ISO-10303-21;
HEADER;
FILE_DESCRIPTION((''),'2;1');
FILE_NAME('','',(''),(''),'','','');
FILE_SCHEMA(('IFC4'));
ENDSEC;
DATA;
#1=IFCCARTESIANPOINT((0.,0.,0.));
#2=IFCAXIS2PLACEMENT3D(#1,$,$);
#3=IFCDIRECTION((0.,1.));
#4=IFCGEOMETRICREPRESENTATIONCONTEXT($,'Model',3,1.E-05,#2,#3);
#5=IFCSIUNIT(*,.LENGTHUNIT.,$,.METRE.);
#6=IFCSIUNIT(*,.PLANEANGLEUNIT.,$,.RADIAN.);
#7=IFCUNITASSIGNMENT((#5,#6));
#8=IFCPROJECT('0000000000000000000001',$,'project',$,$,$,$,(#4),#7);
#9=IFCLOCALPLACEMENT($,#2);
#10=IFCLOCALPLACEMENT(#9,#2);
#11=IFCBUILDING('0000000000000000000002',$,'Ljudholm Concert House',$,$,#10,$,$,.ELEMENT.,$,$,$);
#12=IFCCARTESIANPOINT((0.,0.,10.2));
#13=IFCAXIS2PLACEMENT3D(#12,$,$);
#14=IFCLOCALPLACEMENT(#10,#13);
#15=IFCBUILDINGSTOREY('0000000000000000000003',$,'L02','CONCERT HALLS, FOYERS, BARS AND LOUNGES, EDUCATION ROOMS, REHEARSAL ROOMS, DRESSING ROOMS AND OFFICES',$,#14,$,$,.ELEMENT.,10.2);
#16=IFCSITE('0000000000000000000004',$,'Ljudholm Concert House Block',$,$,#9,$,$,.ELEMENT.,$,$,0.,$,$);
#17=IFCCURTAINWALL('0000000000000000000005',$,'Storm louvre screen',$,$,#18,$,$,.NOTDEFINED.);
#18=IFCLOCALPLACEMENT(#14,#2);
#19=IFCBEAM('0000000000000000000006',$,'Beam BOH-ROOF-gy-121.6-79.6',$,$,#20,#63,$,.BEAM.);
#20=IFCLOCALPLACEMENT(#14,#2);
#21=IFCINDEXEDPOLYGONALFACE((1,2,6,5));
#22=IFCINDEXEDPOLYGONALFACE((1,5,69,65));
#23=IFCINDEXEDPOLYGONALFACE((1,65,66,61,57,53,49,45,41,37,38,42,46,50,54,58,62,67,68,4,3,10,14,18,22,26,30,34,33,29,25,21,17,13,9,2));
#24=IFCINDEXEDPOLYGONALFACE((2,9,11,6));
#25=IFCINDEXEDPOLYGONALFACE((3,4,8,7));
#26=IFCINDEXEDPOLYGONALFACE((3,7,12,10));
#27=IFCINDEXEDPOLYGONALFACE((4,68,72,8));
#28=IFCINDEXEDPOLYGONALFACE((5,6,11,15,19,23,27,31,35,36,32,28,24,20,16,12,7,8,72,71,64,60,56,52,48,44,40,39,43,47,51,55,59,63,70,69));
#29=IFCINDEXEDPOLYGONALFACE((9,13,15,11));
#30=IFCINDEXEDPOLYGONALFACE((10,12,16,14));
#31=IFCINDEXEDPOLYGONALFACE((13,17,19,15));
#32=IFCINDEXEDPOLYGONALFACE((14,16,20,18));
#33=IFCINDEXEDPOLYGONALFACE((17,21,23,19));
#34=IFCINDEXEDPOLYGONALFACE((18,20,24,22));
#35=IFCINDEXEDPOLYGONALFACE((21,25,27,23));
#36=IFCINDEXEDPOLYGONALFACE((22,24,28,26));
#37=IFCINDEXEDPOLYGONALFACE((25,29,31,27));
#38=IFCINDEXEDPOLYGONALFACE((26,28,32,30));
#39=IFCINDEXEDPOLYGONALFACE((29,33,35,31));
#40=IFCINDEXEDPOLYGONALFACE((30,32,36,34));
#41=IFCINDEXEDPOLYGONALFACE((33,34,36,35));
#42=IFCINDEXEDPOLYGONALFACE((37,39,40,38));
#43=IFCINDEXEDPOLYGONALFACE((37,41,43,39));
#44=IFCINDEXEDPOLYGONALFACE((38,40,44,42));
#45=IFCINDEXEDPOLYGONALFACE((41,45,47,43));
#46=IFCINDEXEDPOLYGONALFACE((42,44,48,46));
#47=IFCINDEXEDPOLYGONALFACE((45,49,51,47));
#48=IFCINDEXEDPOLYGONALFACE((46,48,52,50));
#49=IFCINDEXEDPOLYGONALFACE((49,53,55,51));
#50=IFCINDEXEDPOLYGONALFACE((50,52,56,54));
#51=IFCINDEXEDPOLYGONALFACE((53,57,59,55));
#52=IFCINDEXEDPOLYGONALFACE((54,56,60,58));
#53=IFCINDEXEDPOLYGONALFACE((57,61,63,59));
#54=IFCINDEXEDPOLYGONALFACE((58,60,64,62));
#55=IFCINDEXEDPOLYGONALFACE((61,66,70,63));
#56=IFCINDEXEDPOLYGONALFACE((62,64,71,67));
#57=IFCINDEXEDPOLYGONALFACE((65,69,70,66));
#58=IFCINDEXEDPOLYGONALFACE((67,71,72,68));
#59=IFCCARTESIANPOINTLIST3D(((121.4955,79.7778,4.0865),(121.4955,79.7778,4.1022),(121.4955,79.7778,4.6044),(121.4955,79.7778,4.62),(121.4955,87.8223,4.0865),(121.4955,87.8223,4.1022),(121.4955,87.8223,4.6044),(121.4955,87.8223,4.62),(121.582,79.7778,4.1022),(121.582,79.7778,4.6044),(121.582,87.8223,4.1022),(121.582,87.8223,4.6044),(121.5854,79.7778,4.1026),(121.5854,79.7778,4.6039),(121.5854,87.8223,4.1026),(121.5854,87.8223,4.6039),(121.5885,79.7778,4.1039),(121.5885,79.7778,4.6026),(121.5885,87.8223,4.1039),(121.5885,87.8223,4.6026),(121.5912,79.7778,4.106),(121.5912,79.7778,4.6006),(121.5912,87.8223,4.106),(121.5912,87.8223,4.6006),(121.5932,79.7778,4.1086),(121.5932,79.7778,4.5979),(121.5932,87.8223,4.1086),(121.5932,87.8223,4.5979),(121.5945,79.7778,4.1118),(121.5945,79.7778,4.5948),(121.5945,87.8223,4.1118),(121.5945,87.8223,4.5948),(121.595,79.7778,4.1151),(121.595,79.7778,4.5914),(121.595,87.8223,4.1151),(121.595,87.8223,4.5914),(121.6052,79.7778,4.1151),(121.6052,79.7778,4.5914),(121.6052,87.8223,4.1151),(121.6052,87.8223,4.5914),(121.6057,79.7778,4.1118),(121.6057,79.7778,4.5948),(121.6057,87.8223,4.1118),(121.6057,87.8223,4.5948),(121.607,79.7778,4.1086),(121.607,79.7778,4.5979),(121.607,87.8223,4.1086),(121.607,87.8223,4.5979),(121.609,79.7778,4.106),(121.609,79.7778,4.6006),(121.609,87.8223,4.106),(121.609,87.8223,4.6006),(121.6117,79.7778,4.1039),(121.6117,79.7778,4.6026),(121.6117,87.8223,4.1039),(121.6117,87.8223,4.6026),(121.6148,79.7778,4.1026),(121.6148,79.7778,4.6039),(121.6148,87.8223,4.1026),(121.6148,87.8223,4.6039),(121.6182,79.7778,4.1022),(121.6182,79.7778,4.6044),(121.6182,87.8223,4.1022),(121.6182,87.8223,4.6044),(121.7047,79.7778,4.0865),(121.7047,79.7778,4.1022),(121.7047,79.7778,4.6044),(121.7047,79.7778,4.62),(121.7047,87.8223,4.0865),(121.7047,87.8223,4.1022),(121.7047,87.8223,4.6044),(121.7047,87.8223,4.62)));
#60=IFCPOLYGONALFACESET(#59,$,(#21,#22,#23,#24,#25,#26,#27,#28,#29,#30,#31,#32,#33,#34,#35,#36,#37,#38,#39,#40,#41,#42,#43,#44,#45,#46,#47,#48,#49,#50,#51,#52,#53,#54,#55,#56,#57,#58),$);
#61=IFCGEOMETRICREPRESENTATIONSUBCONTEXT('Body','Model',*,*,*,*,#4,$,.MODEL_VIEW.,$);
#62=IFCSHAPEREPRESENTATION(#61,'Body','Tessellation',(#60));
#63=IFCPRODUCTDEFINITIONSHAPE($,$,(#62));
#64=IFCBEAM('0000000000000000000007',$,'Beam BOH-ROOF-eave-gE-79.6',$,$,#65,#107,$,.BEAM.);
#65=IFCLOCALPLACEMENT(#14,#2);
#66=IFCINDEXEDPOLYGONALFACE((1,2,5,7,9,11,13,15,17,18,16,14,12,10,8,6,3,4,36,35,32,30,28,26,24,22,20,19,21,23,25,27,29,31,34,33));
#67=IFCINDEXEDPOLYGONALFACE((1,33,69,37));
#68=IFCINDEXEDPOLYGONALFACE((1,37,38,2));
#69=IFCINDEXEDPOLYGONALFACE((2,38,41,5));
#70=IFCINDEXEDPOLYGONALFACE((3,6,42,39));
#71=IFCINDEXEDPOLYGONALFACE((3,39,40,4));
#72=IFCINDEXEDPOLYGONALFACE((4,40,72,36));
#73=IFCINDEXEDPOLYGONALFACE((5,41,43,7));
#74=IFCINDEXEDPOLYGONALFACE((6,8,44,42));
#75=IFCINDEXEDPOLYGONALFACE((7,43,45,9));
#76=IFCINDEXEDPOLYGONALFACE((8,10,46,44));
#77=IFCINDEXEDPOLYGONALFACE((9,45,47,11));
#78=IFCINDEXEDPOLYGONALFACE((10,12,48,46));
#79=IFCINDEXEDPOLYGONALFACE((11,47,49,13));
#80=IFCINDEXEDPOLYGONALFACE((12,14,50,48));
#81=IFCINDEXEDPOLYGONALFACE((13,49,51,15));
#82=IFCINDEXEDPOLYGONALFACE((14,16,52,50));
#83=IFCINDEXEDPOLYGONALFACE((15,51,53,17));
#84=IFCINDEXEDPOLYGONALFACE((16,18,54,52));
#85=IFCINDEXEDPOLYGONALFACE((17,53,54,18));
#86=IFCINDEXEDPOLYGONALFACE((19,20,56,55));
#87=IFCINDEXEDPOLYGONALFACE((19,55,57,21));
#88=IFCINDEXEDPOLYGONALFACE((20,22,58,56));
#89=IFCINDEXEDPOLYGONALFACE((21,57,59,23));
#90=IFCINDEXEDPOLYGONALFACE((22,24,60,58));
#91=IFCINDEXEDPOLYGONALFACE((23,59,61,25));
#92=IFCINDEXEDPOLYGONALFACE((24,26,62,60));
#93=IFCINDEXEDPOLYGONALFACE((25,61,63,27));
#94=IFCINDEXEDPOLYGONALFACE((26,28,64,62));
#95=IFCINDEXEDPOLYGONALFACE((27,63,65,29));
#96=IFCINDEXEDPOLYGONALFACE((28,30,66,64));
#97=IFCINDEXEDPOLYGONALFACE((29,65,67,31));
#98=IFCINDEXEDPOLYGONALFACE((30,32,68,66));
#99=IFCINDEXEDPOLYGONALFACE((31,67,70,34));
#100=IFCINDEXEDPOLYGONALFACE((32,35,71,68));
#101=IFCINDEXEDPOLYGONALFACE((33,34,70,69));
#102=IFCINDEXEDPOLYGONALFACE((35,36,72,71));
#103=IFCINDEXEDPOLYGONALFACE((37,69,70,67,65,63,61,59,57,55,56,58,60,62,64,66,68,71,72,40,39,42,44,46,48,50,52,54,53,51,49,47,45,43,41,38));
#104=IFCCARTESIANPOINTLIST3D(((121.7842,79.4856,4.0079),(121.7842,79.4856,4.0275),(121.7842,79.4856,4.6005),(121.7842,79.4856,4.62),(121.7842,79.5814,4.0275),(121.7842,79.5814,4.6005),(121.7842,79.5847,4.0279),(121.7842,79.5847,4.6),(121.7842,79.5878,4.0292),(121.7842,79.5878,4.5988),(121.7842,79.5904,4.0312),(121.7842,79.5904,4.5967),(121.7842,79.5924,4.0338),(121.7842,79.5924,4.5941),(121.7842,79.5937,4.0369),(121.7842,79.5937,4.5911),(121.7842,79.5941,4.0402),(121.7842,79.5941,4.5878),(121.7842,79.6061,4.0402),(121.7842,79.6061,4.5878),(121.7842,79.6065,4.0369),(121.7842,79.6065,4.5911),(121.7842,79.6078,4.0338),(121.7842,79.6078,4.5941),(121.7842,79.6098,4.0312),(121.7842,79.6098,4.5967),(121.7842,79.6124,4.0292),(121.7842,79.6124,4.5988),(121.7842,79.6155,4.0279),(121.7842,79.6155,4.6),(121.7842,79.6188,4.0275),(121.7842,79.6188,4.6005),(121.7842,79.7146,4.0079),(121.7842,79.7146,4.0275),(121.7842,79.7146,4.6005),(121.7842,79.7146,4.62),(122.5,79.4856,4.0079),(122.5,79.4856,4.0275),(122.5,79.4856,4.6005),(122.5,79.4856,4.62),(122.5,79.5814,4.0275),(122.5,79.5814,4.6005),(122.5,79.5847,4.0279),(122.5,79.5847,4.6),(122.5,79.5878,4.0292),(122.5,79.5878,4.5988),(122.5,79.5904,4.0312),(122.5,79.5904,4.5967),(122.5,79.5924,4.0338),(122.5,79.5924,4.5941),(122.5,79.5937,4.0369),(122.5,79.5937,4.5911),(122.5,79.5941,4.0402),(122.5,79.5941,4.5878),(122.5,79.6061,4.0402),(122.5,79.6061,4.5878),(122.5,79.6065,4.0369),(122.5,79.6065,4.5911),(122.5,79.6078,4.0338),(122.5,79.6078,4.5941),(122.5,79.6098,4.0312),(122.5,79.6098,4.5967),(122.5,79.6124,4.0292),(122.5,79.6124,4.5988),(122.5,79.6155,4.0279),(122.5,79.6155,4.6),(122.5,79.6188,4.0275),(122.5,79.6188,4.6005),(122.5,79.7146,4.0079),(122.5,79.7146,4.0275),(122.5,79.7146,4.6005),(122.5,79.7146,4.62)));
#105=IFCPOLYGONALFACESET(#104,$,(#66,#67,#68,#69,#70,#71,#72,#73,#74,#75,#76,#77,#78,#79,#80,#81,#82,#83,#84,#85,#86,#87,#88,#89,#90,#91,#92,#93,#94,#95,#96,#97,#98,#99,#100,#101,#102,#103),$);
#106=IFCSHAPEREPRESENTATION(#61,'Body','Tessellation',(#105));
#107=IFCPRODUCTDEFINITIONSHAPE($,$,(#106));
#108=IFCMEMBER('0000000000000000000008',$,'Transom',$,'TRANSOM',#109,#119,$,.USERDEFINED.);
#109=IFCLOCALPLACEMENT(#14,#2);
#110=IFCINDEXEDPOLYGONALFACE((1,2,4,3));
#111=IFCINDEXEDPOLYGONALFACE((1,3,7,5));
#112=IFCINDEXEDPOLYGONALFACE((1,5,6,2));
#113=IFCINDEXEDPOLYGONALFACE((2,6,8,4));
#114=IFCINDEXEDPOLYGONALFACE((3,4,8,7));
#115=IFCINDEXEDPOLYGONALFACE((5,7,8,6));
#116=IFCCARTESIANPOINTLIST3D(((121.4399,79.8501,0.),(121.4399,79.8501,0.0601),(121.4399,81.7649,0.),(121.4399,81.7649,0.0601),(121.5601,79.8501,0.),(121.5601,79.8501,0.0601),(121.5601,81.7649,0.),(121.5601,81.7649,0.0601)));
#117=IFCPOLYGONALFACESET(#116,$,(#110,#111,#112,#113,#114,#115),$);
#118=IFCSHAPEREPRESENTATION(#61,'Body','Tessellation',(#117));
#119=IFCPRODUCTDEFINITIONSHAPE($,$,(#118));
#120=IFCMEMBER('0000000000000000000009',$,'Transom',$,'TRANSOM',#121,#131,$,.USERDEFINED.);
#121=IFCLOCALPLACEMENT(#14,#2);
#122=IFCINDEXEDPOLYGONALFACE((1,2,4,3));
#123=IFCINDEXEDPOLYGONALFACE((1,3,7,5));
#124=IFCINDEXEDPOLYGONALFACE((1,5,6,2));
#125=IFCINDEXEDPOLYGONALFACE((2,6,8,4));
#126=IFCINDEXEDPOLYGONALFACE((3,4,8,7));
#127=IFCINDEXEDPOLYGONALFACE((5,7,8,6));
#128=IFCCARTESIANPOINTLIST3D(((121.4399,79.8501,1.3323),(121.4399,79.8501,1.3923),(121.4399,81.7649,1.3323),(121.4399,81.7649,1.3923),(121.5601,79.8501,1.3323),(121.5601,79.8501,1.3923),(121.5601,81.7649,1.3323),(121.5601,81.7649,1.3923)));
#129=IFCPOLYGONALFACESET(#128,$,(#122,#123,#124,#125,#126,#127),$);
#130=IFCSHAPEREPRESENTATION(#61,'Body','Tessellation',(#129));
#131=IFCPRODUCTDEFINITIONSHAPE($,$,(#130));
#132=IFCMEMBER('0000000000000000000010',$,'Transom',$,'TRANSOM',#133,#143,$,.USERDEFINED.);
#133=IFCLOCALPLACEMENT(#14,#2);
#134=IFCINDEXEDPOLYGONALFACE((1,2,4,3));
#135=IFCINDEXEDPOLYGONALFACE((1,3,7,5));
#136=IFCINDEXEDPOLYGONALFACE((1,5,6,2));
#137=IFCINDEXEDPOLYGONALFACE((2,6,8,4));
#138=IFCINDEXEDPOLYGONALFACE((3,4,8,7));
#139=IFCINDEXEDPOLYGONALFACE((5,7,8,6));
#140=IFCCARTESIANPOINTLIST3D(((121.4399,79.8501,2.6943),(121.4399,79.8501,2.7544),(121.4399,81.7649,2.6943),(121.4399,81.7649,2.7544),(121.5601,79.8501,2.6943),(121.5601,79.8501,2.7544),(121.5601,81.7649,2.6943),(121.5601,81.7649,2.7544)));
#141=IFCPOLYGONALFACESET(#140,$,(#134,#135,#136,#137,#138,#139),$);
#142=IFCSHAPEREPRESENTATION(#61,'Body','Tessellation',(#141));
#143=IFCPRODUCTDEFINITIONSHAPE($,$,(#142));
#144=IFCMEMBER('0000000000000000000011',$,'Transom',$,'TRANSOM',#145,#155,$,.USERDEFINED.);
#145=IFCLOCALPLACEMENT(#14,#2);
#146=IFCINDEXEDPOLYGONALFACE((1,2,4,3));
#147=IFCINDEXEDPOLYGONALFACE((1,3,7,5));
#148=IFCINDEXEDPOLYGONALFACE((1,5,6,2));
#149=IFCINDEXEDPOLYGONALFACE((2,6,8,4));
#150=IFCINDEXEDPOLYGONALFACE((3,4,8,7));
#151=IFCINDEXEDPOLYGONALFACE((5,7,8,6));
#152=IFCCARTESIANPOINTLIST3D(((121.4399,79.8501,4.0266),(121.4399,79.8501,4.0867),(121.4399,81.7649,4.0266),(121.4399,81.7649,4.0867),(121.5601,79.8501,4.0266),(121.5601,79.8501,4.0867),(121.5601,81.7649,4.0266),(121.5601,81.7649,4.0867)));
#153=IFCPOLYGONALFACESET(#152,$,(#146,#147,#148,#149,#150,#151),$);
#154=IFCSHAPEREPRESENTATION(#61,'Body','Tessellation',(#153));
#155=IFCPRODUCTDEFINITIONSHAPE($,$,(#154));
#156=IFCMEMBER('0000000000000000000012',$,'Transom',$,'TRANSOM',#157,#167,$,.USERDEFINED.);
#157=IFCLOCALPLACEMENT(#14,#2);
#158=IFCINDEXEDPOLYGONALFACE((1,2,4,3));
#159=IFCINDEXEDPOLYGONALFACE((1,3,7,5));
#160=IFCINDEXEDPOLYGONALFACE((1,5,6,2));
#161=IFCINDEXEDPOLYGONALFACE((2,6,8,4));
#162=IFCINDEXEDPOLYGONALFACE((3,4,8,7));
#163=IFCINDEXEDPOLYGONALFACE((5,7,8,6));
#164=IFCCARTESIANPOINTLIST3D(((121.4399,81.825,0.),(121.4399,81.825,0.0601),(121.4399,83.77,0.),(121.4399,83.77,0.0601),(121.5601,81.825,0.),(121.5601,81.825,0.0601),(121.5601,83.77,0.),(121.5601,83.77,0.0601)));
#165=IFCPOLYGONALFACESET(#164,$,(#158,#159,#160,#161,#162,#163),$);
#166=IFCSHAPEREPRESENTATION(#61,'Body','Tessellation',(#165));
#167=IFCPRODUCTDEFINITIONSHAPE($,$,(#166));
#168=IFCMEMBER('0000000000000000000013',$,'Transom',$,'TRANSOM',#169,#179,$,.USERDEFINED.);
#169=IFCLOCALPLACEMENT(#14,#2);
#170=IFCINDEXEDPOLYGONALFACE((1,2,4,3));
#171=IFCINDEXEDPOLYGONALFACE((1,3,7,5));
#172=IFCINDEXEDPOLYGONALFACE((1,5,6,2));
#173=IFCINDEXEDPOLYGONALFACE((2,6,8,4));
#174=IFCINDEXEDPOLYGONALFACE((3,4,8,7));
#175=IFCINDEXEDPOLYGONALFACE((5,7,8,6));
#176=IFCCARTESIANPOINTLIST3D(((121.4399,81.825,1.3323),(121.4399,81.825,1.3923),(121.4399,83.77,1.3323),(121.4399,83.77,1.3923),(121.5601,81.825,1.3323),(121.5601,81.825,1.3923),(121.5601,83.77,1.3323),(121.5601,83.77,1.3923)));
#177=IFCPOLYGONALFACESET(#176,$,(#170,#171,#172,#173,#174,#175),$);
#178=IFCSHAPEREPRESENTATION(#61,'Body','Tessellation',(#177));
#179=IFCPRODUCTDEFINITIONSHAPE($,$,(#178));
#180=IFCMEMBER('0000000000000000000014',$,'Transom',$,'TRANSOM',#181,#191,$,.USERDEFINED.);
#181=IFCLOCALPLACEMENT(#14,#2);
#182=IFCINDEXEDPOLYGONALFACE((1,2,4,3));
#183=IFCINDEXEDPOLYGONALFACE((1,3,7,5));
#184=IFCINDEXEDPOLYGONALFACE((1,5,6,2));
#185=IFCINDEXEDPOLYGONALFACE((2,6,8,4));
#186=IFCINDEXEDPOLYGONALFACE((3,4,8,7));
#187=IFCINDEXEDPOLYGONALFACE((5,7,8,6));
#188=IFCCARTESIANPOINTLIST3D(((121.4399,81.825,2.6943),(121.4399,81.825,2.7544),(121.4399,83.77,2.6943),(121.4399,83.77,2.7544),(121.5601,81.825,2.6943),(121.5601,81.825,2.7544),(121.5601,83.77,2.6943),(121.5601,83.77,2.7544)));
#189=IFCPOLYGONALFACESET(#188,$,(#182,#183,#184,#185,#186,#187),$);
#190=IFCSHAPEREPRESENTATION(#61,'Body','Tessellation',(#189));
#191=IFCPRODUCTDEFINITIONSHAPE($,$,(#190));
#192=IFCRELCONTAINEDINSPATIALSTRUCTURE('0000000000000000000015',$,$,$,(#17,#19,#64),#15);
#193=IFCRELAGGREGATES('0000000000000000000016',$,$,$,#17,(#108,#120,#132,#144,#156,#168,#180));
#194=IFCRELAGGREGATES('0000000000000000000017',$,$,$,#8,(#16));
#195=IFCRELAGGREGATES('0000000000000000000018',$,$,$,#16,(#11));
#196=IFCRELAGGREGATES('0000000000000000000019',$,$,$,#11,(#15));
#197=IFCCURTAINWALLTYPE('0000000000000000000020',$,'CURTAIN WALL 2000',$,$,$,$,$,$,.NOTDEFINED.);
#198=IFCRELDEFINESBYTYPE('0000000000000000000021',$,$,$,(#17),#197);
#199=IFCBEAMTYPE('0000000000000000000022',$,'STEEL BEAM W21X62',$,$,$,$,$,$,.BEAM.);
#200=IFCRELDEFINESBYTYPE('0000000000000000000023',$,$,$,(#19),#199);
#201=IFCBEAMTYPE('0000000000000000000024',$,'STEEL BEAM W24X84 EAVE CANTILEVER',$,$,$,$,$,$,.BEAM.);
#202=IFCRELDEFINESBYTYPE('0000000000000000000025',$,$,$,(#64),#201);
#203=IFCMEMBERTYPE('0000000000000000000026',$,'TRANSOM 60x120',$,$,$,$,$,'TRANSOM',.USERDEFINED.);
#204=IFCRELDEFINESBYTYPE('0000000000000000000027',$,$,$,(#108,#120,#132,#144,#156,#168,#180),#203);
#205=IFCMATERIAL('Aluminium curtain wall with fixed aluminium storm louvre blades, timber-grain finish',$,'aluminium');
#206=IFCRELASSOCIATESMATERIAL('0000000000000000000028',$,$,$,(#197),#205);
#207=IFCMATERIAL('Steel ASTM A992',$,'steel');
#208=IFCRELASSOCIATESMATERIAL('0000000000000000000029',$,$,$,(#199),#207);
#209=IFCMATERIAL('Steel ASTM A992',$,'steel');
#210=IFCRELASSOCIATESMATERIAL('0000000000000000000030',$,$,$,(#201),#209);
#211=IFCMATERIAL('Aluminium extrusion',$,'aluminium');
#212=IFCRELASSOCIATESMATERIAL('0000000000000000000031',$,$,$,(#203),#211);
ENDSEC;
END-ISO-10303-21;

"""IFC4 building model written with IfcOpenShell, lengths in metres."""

from ifc_helpers import new_model, si_unit, direction, frame, origin, origin_2d, place, context, subcontext, project, spatial, rectangle, i_section, extrude, material, material_profile, profile_set, type_object, element, aggregate, save


model = new_model("IFC4")

# Units and contexts
model_context = context("Model", 3, precision=1e-05, world=origin(), true_north=direction((0.0, 1.0)))
body_context = subcontext(model_context, "Body", "Model", "MODEL_VIEW")
ifc_project = project(units=[si_unit("LENGTHUNIT", "METRE"), si_unit("PLANEANGLEUNIT", "RADIAN")], contexts=[model_context])

# Site, building, storey
site_placement = place(None, origin())
site = spatial("IfcSite", under=ifc_project, at=site_placement, Name="Ljudholm Concert House Block", CompositionType="ELEMENT", RefElevation=0.0)
building_placement = place(site_placement, origin())
building = spatial("IfcBuilding", under=site, at=building_placement, Name="Ljudholm Concert House", CompositionType="ELEMENT")
storey_placement = place(building_placement, frame((0.0, 0.0, 10.2)))
storey = spatial("IfcBuildingStorey", under=building, at=storey_placement, Name="L02", Description="CONCERT HALLS, FOYERS, BARS AND LOUNGES, EDUCATION ROOMS, REHEARSAL ROOMS, DRESSING ROOMS AND OFFICES", CompositionType="ELEMENT", Elevation=10.2)

# Shared definitions
ifc_material_1 = material(Name="Aluminium curtain wall with fixed aluminium storm louvre blades, timber-grain finish", Category="aluminium")
curtain_wall_type = type_object("IfcCurtainWallType", Name="CURTAIN WALL 2000", PredefinedType="NOTDEFINED", material=ifc_material_1)

# Curtain wall
curtain_wall_1_placement = place(storey_placement, origin())
curtain_wall_1 = element("IfcCurtainWall", 1, at=curtain_wall_1_placement, inside=storey, type_object=curtain_wall_type, Name="Storm louvre screen", PredefinedType="NOTDEFINED")

# Beams
ifc_material_2 = material(Name="Steel ASTM A992", Category="steel")
ifc_material_profile_1 = material_profile(ifc_material_2, i_section(OverallWidth=0.2092, OverallDepth=0.5334, WebThickness=0.0103, FlangeThickness=0.0156, FilletRadius=0.0129, at=origin_2d()), Name="W21X62")
ifc_profile_set_1 = profile_set([ifc_material_profile_1], Name="Steel ASTM A992")
beam_type_1 = type_object("IfcBeamType", Name="STEEL BEAM W21X62", PredefinedType="BEAM", material=ifc_profile_set_1)
beam_1_placement = place(storey_placement, frame((121.6001, 79.7778, 4.3533), z_axis=(0.0, 1.0, 0.0), x_axis=(-1.0, 0.0, 0.0)))
element("IfcBeam", 2, at=beam_1_placement, inside=storey, type_object=beam_type_1, Name="Beam BOH-ROOF-gy-121.6-79.6", PredefinedType="BEAM", context=body_context, shape_type="SweptSolid", body=[
    extrude(i_section(OverallWidth=0.2092, OverallDepth=0.5334, WebThickness=0.0103, FlangeThickness=0.0156, FilletRadius=0.0129, at=origin_2d()), origin(), (0.0, 0.0, 1.0), 8.0444),
])
ifc_material_3 = material(Name="Steel ASTM A992", Category="steel")
ifc_material_profile_2 = material_profile(ifc_material_3, i_section(OverallWidth=0.229, OverallDepth=0.6121, WebThickness=0.012, FlangeThickness=0.0195, FilletRadius=0.0127, at=origin_2d()), Name="W24X84")
ifc_profile_set_2 = profile_set([ifc_material_profile_2], Name="Steel ASTM A992")
beam_type_2 = type_object("IfcBeamType", Name="STEEL BEAM W24X84 EAVE CANTILEVER", PredefinedType="BEAM", material=ifc_profile_set_2)
beam_2_placement = place(storey_placement, frame((121.7842, 79.6001, 4.314), z_axis=(1.0, 0.0, 0.0), x_axis=(0.0, 1.0, 0.0)))
element("IfcBeam", 3, at=beam_2_placement, inside=storey, type_object=beam_type_2, Name="Beam BOH-ROOF-eave-gE-79.6", PredefinedType="BEAM", context=body_context, shape_type="SweptSolid", body=[
    extrude(i_section(OverallWidth=0.229, OverallDepth=0.6121, WebThickness=0.012, FlangeThickness=0.0195, FilletRadius=0.0127, at=origin_2d()), origin(), (0.0, 0.0, 1.0), 0.7158),
])

# Members
ifc_material_4 = material(Name="Aluminium extrusion", Category="aluminium")
ifc_material_profile_3 = material_profile(ifc_material_4, rectangle(XDim=0.1201, YDim=0.0601, at=origin_2d()), Name="TRANSOM 60x120")
ifc_profile_set_3 = profile_set([ifc_material_profile_3], Name="Aluminium extrusion")
member_type_1 = type_object("IfcMemberType", Name="TRANSOM 60x120", ElementType="TRANSOM", PredefinedType="USERDEFINED", material=ifc_profile_set_3)
member_1_placement = place(storey_placement, frame((121.5, 79.8501, 0.03), z_axis=(0.0, 1.0, 0.0), x_axis=(-1.0, 0.0, 0.0)))
member_1 = element("IfcMember", 4, at=member_1_placement, type_object=member_type_1, Name="Transom", ObjectType="TRANSOM", PredefinedType="USERDEFINED", context=body_context, shape_type="SweptSolid", body=[
    extrude(rectangle(XDim=0.1201, YDim=0.0601, at=origin_2d()), origin(), (0.0, 0.0, 1.0), 1.9148),
])
member_2_placement = place(storey_placement, frame((121.5, 79.8501, 1.3623), z_axis=(0.0, 1.0, 0.0), x_axis=(-1.0, 0.0, 0.0)))
member_2 = element("IfcMember", 5, at=member_2_placement, type_object=member_type_1, Name="Transom", ObjectType="TRANSOM", PredefinedType="USERDEFINED", context=body_context, shape_type="SweptSolid", body=[
    extrude(rectangle(XDim=0.1201, YDim=0.0601, at=origin_2d()), origin(), (0.0, 0.0, 1.0), 1.9148),
])
member_3_placement = place(storey_placement, frame((121.5, 79.8501, 2.7244), z_axis=(0.0, 1.0, 0.0), x_axis=(-1.0, 0.0, 0.0)))
member_3 = element("IfcMember", 6, at=member_3_placement, type_object=member_type_1, Name="Transom", ObjectType="TRANSOM", PredefinedType="USERDEFINED", context=body_context, shape_type="SweptSolid", body=[
    extrude(rectangle(XDim=0.1201, YDim=0.0601, at=origin_2d()), origin(), (0.0, 0.0, 1.0), 1.9148),
])
member_4_placement = place(storey_placement, frame((121.5, 79.8501, 4.0566), z_axis=(0.0, 1.0, 0.0), x_axis=(-1.0, 0.0, 0.0)))
member_4 = element("IfcMember", 7, at=member_4_placement, type_object=member_type_1, Name="Transom", ObjectType="TRANSOM", PredefinedType="USERDEFINED", context=body_context, shape_type="SweptSolid", body=[
    extrude(rectangle(XDim=0.1201, YDim=0.0601, at=origin_2d()), origin(), (0.0, 0.0, 1.0), 1.9148),
])
member_5_placement = place(storey_placement, frame((121.5, 81.825, 0.03), z_axis=(0.0, 1.0, 0.0), x_axis=(-1.0, 0.0, 0.0)))
member_5 = element("IfcMember", 8, at=member_5_placement, type_object=member_type_1, Name="Transom", ObjectType="TRANSOM", PredefinedType="USERDEFINED", context=body_context, shape_type="SweptSolid", body=[
    extrude(rectangle(XDim=0.1201, YDim=0.0601, at=origin_2d()), origin(), (0.0, 0.0, 1.0), 1.9451),
])
member_6_placement = place(storey_placement, frame((121.5, 81.825, 1.3623), z_axis=(0.0, 1.0, 0.0), x_axis=(-1.0, 0.0, 0.0)))
member_6 = element("IfcMember", 9, at=member_6_placement, type_object=member_type_1, Name="Transom", ObjectType="TRANSOM", PredefinedType="USERDEFINED", context=body_context, shape_type="SweptSolid", body=[
    extrude(rectangle(XDim=0.1201, YDim=0.0601, at=origin_2d()), origin(), (0.0, 0.0, 1.0), 1.9451),
])
member_7_placement = place(storey_placement, frame((121.5, 81.825, 2.7244), z_axis=(0.0, 1.0, 0.0), x_axis=(-1.0, 0.0, 0.0)))
member_7 = element("IfcMember", 10, at=member_7_placement, type_object=member_type_1, Name="Transom", ObjectType="TRANSOM", PredefinedType="USERDEFINED", context=body_context, shape_type="SweptSolid", body=[
    extrude(rectangle(XDim=0.1201, YDim=0.0601, at=origin_2d()), origin(), (0.0, 0.0, 1.0), 1.9451),
])

aggregate(curtain_wall_1, [member_1, member_2, member_3, member_4, member_5, member_6, member_7])

save(model, "model.ifc")
